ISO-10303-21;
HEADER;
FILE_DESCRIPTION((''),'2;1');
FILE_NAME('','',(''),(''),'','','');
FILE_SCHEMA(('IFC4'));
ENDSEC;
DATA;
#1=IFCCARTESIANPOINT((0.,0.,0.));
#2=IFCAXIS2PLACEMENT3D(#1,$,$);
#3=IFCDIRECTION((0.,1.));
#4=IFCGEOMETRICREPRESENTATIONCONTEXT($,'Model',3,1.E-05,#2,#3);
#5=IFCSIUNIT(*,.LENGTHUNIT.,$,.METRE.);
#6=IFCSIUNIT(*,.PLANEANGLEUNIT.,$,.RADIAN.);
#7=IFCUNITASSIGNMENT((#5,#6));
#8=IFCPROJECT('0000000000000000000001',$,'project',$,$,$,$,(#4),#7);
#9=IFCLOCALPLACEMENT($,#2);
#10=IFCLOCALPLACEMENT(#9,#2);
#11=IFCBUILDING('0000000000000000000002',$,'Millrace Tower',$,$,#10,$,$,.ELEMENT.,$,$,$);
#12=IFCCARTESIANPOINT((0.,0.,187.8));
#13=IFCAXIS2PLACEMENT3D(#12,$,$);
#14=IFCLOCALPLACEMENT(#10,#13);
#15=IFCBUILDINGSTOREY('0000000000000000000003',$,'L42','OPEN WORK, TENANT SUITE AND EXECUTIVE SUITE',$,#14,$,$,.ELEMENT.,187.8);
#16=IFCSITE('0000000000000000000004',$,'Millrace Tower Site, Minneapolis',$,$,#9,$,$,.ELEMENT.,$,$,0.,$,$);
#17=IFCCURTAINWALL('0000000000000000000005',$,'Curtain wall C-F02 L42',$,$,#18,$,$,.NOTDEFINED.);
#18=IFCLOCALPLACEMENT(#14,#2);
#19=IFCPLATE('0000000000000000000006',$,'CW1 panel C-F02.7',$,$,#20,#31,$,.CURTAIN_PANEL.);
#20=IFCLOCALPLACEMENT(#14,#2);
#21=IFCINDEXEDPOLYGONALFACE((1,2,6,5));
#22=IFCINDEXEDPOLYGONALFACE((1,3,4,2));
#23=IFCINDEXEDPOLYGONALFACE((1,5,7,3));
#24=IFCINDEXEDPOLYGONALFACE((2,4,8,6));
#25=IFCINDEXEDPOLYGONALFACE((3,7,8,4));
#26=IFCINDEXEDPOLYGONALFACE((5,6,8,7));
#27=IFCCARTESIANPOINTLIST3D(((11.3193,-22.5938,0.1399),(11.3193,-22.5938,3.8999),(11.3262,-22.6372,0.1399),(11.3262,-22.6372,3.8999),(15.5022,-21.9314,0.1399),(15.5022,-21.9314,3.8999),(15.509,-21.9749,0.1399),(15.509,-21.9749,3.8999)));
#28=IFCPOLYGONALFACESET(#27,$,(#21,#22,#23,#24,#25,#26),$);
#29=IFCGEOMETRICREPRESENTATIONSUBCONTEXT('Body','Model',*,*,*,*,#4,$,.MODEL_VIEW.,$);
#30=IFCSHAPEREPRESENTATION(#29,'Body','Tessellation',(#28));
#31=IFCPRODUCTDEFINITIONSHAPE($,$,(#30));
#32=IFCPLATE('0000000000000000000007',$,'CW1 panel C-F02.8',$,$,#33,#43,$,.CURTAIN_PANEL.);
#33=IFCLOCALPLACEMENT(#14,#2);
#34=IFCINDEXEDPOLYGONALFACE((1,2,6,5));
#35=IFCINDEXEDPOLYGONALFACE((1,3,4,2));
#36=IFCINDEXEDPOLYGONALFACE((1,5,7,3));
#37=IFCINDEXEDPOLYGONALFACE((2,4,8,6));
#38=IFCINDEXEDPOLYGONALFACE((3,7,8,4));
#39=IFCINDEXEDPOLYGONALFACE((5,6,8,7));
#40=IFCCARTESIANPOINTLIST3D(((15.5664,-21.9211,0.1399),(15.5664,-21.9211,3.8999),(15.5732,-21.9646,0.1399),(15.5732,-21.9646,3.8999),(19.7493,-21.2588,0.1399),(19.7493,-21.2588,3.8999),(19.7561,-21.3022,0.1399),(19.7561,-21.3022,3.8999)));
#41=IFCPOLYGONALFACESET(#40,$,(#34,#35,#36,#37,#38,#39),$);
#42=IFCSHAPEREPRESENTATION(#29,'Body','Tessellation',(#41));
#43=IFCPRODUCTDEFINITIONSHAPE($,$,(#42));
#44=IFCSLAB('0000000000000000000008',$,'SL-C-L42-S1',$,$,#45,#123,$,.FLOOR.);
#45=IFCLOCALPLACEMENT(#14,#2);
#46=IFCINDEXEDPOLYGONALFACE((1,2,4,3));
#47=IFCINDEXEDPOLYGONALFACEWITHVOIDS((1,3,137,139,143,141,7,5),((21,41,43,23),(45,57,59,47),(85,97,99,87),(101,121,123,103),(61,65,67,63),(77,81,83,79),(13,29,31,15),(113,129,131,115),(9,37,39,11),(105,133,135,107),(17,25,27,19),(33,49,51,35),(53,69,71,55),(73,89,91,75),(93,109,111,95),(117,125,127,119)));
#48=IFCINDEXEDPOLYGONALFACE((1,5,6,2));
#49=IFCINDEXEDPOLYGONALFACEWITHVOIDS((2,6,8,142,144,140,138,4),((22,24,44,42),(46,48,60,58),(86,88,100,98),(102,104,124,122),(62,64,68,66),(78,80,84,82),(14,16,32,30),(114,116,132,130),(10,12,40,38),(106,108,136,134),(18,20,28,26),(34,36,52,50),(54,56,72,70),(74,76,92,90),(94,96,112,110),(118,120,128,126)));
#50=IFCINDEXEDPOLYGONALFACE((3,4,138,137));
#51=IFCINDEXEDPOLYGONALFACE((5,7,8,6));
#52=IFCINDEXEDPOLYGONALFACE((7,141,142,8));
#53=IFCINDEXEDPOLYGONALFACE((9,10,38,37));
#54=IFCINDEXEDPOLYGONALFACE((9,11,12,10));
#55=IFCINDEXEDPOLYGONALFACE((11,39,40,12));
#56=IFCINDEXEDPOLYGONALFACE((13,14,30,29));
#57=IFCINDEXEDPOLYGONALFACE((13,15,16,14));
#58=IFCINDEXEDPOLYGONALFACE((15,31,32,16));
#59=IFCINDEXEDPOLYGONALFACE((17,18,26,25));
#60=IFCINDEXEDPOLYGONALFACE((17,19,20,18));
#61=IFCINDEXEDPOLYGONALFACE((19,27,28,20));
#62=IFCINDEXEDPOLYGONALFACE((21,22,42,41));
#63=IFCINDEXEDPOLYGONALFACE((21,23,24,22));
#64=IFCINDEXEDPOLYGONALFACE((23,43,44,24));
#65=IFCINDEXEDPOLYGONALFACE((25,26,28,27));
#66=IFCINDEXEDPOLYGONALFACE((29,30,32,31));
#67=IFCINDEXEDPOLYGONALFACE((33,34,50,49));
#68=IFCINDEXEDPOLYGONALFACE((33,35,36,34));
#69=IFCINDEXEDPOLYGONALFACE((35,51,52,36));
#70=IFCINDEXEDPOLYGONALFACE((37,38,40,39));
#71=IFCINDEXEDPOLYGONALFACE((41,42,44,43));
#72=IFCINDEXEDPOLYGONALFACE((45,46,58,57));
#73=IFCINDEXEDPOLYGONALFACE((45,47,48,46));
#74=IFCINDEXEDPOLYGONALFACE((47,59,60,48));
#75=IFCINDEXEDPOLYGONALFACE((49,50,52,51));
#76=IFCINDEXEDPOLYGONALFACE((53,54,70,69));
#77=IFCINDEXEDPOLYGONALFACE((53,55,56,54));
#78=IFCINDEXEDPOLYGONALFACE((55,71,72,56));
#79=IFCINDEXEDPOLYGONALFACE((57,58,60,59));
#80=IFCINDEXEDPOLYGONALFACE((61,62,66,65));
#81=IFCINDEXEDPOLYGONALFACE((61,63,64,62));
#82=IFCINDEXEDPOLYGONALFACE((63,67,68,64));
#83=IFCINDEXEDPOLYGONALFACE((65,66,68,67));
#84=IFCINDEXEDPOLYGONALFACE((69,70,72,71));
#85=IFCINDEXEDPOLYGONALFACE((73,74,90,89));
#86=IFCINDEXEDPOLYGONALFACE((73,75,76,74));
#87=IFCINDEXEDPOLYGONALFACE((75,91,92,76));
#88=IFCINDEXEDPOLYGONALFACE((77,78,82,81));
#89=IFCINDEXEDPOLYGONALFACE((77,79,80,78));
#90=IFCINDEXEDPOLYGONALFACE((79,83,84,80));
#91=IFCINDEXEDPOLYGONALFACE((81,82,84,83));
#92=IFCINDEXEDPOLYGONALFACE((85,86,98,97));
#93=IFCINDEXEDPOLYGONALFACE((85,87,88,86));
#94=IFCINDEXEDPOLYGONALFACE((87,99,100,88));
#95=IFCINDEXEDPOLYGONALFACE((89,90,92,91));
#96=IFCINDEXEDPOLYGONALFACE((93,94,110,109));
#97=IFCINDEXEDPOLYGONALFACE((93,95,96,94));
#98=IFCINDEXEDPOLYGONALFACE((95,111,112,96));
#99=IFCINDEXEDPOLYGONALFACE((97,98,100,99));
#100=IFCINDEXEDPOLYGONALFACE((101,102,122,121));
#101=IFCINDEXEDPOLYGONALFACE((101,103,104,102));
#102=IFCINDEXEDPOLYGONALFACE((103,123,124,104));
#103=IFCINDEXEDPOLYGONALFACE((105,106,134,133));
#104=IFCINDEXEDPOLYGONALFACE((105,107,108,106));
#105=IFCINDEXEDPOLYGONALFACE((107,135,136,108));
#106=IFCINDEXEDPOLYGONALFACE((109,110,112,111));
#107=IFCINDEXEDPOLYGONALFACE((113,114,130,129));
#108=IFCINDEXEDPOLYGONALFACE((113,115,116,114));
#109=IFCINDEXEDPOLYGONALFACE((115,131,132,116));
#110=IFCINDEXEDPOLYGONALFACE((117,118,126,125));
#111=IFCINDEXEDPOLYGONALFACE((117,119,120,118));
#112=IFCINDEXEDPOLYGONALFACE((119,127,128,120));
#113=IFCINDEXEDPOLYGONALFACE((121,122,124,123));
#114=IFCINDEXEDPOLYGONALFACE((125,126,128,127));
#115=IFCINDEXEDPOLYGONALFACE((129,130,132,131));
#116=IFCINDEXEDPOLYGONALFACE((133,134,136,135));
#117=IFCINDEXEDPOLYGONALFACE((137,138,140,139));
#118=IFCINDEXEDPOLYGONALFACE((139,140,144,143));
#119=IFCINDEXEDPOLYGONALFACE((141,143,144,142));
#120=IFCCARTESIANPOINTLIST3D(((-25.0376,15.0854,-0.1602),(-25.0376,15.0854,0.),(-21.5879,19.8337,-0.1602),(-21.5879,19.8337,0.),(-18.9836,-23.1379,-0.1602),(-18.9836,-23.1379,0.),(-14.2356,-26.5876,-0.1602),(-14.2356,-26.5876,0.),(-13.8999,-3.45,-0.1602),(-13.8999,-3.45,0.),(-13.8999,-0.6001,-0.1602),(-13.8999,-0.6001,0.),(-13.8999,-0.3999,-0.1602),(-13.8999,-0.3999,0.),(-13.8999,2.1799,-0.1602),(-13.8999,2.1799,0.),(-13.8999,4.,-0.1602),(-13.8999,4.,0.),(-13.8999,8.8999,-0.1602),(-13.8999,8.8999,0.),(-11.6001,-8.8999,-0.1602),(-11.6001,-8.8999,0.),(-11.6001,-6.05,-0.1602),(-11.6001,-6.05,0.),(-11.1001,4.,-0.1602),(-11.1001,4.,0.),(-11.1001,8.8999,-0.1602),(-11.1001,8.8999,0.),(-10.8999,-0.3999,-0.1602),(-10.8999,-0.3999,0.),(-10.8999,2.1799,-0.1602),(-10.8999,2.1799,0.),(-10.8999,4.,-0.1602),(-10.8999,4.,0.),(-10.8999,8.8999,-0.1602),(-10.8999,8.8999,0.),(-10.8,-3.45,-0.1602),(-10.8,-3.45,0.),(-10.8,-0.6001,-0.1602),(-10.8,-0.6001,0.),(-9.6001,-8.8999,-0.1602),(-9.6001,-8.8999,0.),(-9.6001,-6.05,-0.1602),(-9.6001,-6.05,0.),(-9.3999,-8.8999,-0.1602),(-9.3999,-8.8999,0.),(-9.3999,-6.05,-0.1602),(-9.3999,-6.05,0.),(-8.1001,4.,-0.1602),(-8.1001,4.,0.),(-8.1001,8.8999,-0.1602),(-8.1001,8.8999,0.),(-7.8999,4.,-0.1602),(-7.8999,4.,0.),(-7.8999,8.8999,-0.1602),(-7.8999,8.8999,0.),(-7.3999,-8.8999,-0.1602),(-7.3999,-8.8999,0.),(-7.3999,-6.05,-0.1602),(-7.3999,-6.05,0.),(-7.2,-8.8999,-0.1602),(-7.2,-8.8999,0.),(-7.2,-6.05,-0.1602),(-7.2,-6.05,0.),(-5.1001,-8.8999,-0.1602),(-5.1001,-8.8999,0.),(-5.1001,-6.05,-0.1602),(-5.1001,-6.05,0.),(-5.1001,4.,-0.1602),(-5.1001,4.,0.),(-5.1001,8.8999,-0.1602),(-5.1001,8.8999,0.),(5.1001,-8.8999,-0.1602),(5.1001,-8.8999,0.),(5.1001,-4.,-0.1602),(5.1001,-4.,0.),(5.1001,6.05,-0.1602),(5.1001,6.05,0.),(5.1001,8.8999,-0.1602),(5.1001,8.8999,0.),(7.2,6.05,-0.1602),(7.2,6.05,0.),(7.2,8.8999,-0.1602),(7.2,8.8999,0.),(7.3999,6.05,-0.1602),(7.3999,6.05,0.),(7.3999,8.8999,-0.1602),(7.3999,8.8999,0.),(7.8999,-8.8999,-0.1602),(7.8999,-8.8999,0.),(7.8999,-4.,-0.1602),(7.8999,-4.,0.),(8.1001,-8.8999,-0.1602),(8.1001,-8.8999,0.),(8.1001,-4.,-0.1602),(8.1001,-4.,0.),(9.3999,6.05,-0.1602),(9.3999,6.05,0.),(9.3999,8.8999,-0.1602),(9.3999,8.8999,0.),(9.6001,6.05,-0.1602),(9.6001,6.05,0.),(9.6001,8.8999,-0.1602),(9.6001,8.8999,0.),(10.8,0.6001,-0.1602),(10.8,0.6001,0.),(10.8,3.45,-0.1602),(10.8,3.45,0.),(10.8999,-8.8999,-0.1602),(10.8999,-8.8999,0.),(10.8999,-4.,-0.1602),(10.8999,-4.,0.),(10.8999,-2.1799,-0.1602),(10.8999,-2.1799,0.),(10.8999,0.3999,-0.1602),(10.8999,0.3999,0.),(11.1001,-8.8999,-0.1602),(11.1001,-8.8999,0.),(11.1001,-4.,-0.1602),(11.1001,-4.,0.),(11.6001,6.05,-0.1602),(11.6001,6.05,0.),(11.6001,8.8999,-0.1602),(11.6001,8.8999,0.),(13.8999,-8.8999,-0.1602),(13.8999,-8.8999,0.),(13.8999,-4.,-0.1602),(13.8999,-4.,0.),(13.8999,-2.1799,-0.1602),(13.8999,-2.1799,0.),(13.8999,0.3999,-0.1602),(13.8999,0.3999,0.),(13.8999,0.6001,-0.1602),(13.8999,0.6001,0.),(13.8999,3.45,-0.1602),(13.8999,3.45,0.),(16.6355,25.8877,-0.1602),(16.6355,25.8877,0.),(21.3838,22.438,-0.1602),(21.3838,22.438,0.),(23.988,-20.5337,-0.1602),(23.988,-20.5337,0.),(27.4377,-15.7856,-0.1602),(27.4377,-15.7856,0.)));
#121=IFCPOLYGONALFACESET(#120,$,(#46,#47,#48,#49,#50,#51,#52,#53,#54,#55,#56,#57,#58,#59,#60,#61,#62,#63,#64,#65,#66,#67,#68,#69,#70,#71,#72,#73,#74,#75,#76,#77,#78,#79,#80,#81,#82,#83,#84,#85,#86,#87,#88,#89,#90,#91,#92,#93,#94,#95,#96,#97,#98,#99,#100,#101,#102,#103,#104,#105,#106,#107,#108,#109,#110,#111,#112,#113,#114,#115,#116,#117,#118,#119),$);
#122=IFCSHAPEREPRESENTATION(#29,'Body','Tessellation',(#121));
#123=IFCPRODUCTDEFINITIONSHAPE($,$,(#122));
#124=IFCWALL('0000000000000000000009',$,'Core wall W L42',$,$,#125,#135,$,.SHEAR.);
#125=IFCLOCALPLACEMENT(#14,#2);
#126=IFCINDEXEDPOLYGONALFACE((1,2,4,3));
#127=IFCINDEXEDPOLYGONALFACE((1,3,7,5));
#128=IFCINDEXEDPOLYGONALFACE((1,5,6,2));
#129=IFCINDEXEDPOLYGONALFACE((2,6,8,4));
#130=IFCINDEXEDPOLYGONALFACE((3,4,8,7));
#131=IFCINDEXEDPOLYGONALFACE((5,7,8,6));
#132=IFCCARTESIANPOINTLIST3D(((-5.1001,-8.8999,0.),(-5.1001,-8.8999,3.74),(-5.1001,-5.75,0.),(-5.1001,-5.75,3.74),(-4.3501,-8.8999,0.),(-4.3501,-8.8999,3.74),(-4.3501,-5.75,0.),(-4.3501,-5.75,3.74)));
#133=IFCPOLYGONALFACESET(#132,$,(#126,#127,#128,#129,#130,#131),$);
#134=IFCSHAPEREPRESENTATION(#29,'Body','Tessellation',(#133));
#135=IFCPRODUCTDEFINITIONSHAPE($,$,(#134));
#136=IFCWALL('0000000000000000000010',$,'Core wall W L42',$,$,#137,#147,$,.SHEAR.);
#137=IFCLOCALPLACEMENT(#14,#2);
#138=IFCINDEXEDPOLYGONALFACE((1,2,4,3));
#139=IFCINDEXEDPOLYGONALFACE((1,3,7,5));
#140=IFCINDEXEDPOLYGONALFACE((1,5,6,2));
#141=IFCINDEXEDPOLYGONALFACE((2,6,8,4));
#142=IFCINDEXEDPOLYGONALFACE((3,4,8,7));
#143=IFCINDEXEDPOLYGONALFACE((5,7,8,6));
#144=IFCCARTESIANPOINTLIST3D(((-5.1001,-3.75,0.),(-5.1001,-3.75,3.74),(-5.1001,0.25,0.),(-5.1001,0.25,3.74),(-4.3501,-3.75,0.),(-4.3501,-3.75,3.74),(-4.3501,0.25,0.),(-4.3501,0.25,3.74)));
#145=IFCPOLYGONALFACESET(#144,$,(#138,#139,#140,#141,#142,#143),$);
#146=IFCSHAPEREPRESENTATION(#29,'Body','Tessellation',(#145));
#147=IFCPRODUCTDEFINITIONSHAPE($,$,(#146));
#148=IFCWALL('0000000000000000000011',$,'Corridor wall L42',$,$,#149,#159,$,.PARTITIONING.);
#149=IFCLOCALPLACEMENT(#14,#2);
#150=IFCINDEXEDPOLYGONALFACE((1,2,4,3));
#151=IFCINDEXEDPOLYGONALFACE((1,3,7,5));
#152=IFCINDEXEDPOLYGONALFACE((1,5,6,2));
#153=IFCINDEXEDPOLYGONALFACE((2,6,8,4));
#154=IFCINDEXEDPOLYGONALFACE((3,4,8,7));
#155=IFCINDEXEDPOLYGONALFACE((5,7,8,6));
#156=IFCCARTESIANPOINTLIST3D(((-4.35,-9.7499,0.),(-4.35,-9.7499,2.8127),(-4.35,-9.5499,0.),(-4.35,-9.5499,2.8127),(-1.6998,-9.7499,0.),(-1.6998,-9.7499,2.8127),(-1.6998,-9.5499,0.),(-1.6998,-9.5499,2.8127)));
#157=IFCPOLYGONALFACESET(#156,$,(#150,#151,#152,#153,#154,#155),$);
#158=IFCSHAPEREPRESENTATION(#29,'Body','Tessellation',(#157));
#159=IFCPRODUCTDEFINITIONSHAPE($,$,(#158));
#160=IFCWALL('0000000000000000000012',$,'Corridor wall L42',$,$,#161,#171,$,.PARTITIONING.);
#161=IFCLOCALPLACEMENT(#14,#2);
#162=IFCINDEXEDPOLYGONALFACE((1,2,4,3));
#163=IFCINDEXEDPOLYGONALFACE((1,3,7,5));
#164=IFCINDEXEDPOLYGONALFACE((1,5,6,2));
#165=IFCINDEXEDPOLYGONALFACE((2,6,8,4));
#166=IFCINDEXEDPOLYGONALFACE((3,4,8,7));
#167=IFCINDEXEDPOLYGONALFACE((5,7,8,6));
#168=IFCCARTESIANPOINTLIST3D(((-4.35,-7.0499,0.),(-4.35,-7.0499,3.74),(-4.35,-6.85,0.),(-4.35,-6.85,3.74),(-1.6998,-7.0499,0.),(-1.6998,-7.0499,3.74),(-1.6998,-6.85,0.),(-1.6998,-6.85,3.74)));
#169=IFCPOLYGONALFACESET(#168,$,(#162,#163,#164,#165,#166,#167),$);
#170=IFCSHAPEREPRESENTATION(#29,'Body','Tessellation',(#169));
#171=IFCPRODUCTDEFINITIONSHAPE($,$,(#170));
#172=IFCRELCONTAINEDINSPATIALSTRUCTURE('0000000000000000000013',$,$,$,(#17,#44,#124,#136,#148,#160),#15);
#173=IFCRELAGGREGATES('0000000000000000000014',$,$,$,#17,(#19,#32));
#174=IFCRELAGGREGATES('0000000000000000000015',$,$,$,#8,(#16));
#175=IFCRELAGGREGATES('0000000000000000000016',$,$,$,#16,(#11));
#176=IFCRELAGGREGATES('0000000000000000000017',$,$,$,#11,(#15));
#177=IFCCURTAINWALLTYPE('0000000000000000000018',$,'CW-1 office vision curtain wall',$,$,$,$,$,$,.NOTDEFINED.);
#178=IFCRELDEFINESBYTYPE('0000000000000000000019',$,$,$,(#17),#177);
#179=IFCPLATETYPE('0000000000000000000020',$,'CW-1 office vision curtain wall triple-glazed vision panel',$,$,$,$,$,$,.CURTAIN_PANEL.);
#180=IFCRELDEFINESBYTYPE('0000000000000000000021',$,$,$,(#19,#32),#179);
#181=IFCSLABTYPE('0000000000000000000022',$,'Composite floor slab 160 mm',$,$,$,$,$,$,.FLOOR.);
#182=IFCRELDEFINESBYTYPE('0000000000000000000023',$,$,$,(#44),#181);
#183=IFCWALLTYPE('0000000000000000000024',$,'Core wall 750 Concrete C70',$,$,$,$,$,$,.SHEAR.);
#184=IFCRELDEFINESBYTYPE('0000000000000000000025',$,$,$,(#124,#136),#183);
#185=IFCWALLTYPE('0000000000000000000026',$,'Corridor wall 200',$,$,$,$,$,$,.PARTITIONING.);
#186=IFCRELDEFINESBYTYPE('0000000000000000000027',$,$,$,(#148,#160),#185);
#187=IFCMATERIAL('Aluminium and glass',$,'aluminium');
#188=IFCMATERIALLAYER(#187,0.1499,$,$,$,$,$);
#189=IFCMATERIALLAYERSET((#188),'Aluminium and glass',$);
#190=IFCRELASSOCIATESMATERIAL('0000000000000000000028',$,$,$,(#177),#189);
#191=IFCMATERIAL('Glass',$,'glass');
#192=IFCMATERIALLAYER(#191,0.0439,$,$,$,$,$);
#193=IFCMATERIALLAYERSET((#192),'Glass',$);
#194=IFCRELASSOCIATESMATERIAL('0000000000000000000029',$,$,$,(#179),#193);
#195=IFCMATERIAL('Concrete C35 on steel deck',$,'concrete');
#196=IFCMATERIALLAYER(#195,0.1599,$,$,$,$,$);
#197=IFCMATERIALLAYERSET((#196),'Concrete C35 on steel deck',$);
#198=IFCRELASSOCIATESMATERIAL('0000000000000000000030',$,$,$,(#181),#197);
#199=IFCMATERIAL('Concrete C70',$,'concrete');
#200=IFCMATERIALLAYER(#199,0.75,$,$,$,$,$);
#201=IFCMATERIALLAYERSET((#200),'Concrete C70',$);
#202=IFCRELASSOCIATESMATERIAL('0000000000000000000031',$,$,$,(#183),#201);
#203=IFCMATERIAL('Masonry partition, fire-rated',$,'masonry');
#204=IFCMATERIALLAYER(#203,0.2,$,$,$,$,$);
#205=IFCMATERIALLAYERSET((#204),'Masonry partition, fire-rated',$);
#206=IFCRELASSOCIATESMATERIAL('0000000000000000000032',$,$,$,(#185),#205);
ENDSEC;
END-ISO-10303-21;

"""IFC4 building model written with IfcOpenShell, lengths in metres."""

from ifc_helpers import new_model, si_unit, direction, frame, frame_2d, origin, place, context, subcontext, project, spatial, polyline, rectangle, outline, extrude, material, layer, layer_set, type_object, element, aggregate, save


model = new_model("IFC4")

# Units and contexts
model_context = context("Model", 3, precision=1e-05, world=origin(), true_north=direction((0.0, 1.0)))
body_context = subcontext(model_context, "Body", "Model", "MODEL_VIEW")
ifc_project = project(units=[si_unit("LENGTHUNIT", "METRE"), si_unit("PLANEANGLEUNIT", "RADIAN")], contexts=[model_context])

# Site, building, storey
site_placement = place(None, origin())
site = spatial("IfcSite", under=ifc_project, at=site_placement, Name="Millrace Tower Site, Minneapolis", CompositionType="ELEMENT", RefElevation=0.0)
building_placement = place(site_placement, origin())
building = spatial("IfcBuilding", under=site, at=building_placement, Name="Millrace Tower", CompositionType="ELEMENT")
storey_placement = place(building_placement, frame((0.0, 0.0, 187.8)))
storey = spatial("IfcBuildingStorey", under=building, at=storey_placement, Name="L42", Description="OPEN WORK, TENANT SUITE AND EXECUTIVE SUITE", CompositionType="ELEMENT", Elevation=187.8)

# Shared definitions
ifc_material_1 = material(Name="Aluminium and glass", Category="aluminium")
ifc_layer_1 = layer(ifc_material_1, 0.1499)
ifc_layer_set_1 = layer_set([ifc_layer_1], Name="Aluminium and glass")
curtain_wall_type = type_object("IfcCurtainWallType", Name="CW-1 office vision curtain wall", PredefinedType="NOTDEFINED", material=ifc_layer_set_1)
placement_1 = place(storey_placement, origin())
ifc_material_2 = material(Name="Glass", Category="glass")
ifc_layer_2 = layer(ifc_material_2, 0.0439)
ifc_layer_set_2 = layer_set([ifc_layer_2], Name="Glass")
plate_type = type_object("IfcPlateType", Name="CW-1 office vision curtain wall triple-glazed vision panel", PredefinedType="CURTAIN_PANEL", material=ifc_layer_set_2)
placement_2 = place(storey_placement, frame((0.0, 0.0, 0.1399)))

# Curtain wall, plates
curtain_wall_1 = element("IfcCurtainWall", 1, at=placement_1, inside=storey, type_object=curtain_wall_type, Name="Curtain wall C-F02 L42", PredefinedType="NOTDEFINED")
plate_1 = element("IfcPlate", 2, at=placement_2, type_object=plate_type, Name="CW1 panel C-F02.7", PredefinedType="CURTAIN_PANEL", context=body_context, shape_type="SweptSolid", body=[
    extrude(outline(polyline([(11.3262, -22.6372), (15.509, -21.9749), (15.5022, -21.9314), (11.3193, -22.5938), (11.3262, -22.6372)])), origin(), (0.0, 0.0, 1.0), 3.76),
])
plate_2 = element("IfcPlate", 3, at=placement_2, type_object=plate_type, Name="CW1 panel C-F02.8", PredefinedType="CURTAIN_PANEL", context=body_context, shape_type="SweptSolid", body=[
    extrude(outline(polyline([(15.5732, -21.9646), (19.7561, -21.3022), (19.7493, -21.2588), (15.5664, -21.9211), (15.5732, -21.9646)])), origin(), (0.0, 0.0, 1.0), 3.76),
])
aggregate(curtain_wall_1, [plate_1, plate_2])

# Slab
ifc_material_3 = material(Name="Concrete C35 on steel deck", Category="concrete")
ifc_layer_3 = layer(ifc_material_3, 0.1599)
ifc_layer_set_3 = layer_set([ifc_layer_3], Name="Concrete C35 on steel deck")
slab_type = type_object("IfcSlabType", Name="Composite floor slab 160 mm", PredefinedType="FLOOR", material=ifc_layer_set_3)
slab_placement = place(storey_placement, frame((0.0, 0.0, -0.1602)))
element("IfcSlab", 4, at=slab_placement, inside=storey, type_object=slab_type, Name="SL-C-L42-S1", PredefinedType="FLOOR", context=body_context, shape_type="SweptSolid", body=[
    extrude(outline(polyline([(-18.9836, -23.1379), (-14.2356, -26.5876), (23.988, -20.5337), (27.4377, -15.7856), (21.3838, 22.438), (16.6355, 25.8877), (-21.5879, 19.8337), (-25.0376, 15.0854), (-18.9836, -23.1379)]), holes=[polyline([(-11.6001, -8.8999), (-9.6001, -8.8999), (-9.6001, -6.05), (-11.6001, -6.05), (-11.6001, -8.8999)]), polyline([(-9.3999, -8.8999), (-7.3999, -8.8999), (-7.3999, -6.05), (-9.3999, -6.05), (-9.3999, -8.8999)]), polyline([(-7.2, -8.8999), (-5.1001, -8.8999), (-5.1001, -6.05), (-7.2, -6.05), (-7.2, -8.8999)]), polyline([(-13.8999, -3.45), (-10.8, -3.45), (-10.8, -0.6001), (-13.8999, -0.6001), (-13.8999, -3.45)]), polyline([(-13.8999, -0.3999), (-10.8999, -0.3999), (-10.8999, 2.1799), (-13.8999, 2.1799), (-13.8999, -0.3999)]), polyline([(-13.8999, 4.0), (-11.1001, 4.0), (-11.1001, 8.8999), (-13.8999, 8.8999), (-13.8999, 4.0)]), polyline([(-10.8999, 4.0), (-8.1001, 4.0), (-8.1001, 8.8999), (-10.8999, 8.8999), (-10.8999, 4.0)]), polyline([(-7.8999, 4.0), (-5.1001, 4.0), (-5.1001, 8.8999), (-7.8999, 8.8999), (-7.8999, 4.0)]), polyline([(9.6001, 6.05), (11.6001, 6.05), (11.6001, 8.8999), (9.6001, 8.8999), (9.6001, 6.05)]), polyline([(7.3999, 6.05), (9.3999, 6.05), (9.3999, 8.8999), (7.3999, 8.8999), (7.3999, 6.05)]), polyline([(5.1001, 6.05), (7.2, 6.05), (7.2, 8.8999), (5.1001, 8.8999), (5.1001, 6.05)]), polyline([(10.8, 0.6001), (13.8999, 0.6001), (13.8999, 3.45), (10.8, 3.45), (10.8, 0.6001)]), polyline([(10.8999, -2.1799), (13.8999, -2.1799), (13.8999, 0.3999), (10.8999, 0.3999), (10.8999, -2.1799)]), polyline([(11.1001, -8.8999), (13.8999, -8.8999), (13.8999, -4.0), (11.1001, -4.0), (11.1001, -8.8999)]), polyline([(8.1001, -8.8999), (10.8999, -8.8999), (10.8999, -4.0), (8.1001, -4.0), (8.1001, -8.8999)]), polyline([(5.1001, -8.8999), (7.8999, -8.8999), (7.8999, -4.0), (5.1001, -4.0), (5.1001, -8.8999)])]), origin(), (0.0, 0.0, 1.0), 0.1602),
])

# Walls
ifc_material_4 = material(Name="Concrete C70", Category="concrete")
ifc_layer_4 = layer(ifc_material_4, 0.75)
ifc_layer_set_4 = layer_set([ifc_layer_4], Name="Concrete C70")
wall_type_1 = type_object("IfcWallType", Name="Core wall 750 Concrete C70", PredefinedType="SHEAR", material=ifc_layer_set_4)
wall_1_placement = place(storey_placement, frame((-4.7251, -8.8999, 0.0), z_axis=(0.0, 0.0, 1.0), x_axis=(0.0, 1.0, 0.0)))
element("IfcWall", 5, at=wall_1_placement, inside=storey, type_object=wall_type_1, Name="Core wall W L42", PredefinedType="SHEAR", context=body_context, shape_type="SweptSolid", body=[
    extrude(rectangle(XDim=3.1499, YDim=0.75, at=frame_2d((1.575, 0.0))), origin(), (0.0, 0.0, 1.0), 3.74),
])
wall_2_placement = place(storey_placement, frame((-4.7251, -3.75, 0.0), z_axis=(0.0, 0.0, 1.0), x_axis=(0.0, 1.0, 0.0)))
element("IfcWall", 6, at=wall_2_placement, inside=storey, type_object=wall_type_1, Name="Core wall W L42", PredefinedType="SHEAR", context=body_context, shape_type="SweptSolid", body=[
    extrude(rectangle(XDim=4.0, YDim=0.75, at=frame_2d((2.0, 0.0))), origin(), (0.0, 0.0, 1.0), 3.74),
])
ifc_material_5 = material(Name="Masonry partition, fire-rated", Category="masonry")
ifc_layer_5 = layer(ifc_material_5, 0.2)
ifc_layer_set_5 = layer_set([ifc_layer_5], Name="Masonry partition, fire-rated")
wall_type_2 = type_object("IfcWallType", Name="Corridor wall 200", PredefinedType="PARTITIONING", material=ifc_layer_set_5)
wall_3_placement = place(storey_placement, frame((-4.3501, -9.6499, 0.0), z_axis=(0.0, 0.0, 1.0), x_axis=(1.0, 0.0, 0.0)))
element("IfcWall", 7, at=wall_3_placement, inside=storey, type_object=wall_type_2, Name="Corridor wall L42", PredefinedType="PARTITIONING", context=body_context, shape_type="SweptSolid", body=[
    extrude(rectangle(XDim=2.6501, YDim=0.2, at=frame_2d((1.3252, 0.0))), origin(), (0.0, 0.0, 1.0), 2.8127),
])
wall_4_placement = place(storey_placement, frame((-4.3501, -6.95, 0.0), z_axis=(0.0, 0.0, 1.0), x_axis=(1.0, 0.0, 0.0)))
element("IfcWall", 8, at=wall_4_placement, inside=storey, type_object=wall_type_2, Name="Corridor wall L42", PredefinedType="PARTITIONING", context=body_context, shape_type="SweptSolid", body=[
    extrude(rectangle(XDim=2.6501, YDim=0.2, at=frame_2d((1.3252, 0.0))), origin(), (0.0, 0.0, 1.0), 3.74),
])

save(model, "model.ifc")
